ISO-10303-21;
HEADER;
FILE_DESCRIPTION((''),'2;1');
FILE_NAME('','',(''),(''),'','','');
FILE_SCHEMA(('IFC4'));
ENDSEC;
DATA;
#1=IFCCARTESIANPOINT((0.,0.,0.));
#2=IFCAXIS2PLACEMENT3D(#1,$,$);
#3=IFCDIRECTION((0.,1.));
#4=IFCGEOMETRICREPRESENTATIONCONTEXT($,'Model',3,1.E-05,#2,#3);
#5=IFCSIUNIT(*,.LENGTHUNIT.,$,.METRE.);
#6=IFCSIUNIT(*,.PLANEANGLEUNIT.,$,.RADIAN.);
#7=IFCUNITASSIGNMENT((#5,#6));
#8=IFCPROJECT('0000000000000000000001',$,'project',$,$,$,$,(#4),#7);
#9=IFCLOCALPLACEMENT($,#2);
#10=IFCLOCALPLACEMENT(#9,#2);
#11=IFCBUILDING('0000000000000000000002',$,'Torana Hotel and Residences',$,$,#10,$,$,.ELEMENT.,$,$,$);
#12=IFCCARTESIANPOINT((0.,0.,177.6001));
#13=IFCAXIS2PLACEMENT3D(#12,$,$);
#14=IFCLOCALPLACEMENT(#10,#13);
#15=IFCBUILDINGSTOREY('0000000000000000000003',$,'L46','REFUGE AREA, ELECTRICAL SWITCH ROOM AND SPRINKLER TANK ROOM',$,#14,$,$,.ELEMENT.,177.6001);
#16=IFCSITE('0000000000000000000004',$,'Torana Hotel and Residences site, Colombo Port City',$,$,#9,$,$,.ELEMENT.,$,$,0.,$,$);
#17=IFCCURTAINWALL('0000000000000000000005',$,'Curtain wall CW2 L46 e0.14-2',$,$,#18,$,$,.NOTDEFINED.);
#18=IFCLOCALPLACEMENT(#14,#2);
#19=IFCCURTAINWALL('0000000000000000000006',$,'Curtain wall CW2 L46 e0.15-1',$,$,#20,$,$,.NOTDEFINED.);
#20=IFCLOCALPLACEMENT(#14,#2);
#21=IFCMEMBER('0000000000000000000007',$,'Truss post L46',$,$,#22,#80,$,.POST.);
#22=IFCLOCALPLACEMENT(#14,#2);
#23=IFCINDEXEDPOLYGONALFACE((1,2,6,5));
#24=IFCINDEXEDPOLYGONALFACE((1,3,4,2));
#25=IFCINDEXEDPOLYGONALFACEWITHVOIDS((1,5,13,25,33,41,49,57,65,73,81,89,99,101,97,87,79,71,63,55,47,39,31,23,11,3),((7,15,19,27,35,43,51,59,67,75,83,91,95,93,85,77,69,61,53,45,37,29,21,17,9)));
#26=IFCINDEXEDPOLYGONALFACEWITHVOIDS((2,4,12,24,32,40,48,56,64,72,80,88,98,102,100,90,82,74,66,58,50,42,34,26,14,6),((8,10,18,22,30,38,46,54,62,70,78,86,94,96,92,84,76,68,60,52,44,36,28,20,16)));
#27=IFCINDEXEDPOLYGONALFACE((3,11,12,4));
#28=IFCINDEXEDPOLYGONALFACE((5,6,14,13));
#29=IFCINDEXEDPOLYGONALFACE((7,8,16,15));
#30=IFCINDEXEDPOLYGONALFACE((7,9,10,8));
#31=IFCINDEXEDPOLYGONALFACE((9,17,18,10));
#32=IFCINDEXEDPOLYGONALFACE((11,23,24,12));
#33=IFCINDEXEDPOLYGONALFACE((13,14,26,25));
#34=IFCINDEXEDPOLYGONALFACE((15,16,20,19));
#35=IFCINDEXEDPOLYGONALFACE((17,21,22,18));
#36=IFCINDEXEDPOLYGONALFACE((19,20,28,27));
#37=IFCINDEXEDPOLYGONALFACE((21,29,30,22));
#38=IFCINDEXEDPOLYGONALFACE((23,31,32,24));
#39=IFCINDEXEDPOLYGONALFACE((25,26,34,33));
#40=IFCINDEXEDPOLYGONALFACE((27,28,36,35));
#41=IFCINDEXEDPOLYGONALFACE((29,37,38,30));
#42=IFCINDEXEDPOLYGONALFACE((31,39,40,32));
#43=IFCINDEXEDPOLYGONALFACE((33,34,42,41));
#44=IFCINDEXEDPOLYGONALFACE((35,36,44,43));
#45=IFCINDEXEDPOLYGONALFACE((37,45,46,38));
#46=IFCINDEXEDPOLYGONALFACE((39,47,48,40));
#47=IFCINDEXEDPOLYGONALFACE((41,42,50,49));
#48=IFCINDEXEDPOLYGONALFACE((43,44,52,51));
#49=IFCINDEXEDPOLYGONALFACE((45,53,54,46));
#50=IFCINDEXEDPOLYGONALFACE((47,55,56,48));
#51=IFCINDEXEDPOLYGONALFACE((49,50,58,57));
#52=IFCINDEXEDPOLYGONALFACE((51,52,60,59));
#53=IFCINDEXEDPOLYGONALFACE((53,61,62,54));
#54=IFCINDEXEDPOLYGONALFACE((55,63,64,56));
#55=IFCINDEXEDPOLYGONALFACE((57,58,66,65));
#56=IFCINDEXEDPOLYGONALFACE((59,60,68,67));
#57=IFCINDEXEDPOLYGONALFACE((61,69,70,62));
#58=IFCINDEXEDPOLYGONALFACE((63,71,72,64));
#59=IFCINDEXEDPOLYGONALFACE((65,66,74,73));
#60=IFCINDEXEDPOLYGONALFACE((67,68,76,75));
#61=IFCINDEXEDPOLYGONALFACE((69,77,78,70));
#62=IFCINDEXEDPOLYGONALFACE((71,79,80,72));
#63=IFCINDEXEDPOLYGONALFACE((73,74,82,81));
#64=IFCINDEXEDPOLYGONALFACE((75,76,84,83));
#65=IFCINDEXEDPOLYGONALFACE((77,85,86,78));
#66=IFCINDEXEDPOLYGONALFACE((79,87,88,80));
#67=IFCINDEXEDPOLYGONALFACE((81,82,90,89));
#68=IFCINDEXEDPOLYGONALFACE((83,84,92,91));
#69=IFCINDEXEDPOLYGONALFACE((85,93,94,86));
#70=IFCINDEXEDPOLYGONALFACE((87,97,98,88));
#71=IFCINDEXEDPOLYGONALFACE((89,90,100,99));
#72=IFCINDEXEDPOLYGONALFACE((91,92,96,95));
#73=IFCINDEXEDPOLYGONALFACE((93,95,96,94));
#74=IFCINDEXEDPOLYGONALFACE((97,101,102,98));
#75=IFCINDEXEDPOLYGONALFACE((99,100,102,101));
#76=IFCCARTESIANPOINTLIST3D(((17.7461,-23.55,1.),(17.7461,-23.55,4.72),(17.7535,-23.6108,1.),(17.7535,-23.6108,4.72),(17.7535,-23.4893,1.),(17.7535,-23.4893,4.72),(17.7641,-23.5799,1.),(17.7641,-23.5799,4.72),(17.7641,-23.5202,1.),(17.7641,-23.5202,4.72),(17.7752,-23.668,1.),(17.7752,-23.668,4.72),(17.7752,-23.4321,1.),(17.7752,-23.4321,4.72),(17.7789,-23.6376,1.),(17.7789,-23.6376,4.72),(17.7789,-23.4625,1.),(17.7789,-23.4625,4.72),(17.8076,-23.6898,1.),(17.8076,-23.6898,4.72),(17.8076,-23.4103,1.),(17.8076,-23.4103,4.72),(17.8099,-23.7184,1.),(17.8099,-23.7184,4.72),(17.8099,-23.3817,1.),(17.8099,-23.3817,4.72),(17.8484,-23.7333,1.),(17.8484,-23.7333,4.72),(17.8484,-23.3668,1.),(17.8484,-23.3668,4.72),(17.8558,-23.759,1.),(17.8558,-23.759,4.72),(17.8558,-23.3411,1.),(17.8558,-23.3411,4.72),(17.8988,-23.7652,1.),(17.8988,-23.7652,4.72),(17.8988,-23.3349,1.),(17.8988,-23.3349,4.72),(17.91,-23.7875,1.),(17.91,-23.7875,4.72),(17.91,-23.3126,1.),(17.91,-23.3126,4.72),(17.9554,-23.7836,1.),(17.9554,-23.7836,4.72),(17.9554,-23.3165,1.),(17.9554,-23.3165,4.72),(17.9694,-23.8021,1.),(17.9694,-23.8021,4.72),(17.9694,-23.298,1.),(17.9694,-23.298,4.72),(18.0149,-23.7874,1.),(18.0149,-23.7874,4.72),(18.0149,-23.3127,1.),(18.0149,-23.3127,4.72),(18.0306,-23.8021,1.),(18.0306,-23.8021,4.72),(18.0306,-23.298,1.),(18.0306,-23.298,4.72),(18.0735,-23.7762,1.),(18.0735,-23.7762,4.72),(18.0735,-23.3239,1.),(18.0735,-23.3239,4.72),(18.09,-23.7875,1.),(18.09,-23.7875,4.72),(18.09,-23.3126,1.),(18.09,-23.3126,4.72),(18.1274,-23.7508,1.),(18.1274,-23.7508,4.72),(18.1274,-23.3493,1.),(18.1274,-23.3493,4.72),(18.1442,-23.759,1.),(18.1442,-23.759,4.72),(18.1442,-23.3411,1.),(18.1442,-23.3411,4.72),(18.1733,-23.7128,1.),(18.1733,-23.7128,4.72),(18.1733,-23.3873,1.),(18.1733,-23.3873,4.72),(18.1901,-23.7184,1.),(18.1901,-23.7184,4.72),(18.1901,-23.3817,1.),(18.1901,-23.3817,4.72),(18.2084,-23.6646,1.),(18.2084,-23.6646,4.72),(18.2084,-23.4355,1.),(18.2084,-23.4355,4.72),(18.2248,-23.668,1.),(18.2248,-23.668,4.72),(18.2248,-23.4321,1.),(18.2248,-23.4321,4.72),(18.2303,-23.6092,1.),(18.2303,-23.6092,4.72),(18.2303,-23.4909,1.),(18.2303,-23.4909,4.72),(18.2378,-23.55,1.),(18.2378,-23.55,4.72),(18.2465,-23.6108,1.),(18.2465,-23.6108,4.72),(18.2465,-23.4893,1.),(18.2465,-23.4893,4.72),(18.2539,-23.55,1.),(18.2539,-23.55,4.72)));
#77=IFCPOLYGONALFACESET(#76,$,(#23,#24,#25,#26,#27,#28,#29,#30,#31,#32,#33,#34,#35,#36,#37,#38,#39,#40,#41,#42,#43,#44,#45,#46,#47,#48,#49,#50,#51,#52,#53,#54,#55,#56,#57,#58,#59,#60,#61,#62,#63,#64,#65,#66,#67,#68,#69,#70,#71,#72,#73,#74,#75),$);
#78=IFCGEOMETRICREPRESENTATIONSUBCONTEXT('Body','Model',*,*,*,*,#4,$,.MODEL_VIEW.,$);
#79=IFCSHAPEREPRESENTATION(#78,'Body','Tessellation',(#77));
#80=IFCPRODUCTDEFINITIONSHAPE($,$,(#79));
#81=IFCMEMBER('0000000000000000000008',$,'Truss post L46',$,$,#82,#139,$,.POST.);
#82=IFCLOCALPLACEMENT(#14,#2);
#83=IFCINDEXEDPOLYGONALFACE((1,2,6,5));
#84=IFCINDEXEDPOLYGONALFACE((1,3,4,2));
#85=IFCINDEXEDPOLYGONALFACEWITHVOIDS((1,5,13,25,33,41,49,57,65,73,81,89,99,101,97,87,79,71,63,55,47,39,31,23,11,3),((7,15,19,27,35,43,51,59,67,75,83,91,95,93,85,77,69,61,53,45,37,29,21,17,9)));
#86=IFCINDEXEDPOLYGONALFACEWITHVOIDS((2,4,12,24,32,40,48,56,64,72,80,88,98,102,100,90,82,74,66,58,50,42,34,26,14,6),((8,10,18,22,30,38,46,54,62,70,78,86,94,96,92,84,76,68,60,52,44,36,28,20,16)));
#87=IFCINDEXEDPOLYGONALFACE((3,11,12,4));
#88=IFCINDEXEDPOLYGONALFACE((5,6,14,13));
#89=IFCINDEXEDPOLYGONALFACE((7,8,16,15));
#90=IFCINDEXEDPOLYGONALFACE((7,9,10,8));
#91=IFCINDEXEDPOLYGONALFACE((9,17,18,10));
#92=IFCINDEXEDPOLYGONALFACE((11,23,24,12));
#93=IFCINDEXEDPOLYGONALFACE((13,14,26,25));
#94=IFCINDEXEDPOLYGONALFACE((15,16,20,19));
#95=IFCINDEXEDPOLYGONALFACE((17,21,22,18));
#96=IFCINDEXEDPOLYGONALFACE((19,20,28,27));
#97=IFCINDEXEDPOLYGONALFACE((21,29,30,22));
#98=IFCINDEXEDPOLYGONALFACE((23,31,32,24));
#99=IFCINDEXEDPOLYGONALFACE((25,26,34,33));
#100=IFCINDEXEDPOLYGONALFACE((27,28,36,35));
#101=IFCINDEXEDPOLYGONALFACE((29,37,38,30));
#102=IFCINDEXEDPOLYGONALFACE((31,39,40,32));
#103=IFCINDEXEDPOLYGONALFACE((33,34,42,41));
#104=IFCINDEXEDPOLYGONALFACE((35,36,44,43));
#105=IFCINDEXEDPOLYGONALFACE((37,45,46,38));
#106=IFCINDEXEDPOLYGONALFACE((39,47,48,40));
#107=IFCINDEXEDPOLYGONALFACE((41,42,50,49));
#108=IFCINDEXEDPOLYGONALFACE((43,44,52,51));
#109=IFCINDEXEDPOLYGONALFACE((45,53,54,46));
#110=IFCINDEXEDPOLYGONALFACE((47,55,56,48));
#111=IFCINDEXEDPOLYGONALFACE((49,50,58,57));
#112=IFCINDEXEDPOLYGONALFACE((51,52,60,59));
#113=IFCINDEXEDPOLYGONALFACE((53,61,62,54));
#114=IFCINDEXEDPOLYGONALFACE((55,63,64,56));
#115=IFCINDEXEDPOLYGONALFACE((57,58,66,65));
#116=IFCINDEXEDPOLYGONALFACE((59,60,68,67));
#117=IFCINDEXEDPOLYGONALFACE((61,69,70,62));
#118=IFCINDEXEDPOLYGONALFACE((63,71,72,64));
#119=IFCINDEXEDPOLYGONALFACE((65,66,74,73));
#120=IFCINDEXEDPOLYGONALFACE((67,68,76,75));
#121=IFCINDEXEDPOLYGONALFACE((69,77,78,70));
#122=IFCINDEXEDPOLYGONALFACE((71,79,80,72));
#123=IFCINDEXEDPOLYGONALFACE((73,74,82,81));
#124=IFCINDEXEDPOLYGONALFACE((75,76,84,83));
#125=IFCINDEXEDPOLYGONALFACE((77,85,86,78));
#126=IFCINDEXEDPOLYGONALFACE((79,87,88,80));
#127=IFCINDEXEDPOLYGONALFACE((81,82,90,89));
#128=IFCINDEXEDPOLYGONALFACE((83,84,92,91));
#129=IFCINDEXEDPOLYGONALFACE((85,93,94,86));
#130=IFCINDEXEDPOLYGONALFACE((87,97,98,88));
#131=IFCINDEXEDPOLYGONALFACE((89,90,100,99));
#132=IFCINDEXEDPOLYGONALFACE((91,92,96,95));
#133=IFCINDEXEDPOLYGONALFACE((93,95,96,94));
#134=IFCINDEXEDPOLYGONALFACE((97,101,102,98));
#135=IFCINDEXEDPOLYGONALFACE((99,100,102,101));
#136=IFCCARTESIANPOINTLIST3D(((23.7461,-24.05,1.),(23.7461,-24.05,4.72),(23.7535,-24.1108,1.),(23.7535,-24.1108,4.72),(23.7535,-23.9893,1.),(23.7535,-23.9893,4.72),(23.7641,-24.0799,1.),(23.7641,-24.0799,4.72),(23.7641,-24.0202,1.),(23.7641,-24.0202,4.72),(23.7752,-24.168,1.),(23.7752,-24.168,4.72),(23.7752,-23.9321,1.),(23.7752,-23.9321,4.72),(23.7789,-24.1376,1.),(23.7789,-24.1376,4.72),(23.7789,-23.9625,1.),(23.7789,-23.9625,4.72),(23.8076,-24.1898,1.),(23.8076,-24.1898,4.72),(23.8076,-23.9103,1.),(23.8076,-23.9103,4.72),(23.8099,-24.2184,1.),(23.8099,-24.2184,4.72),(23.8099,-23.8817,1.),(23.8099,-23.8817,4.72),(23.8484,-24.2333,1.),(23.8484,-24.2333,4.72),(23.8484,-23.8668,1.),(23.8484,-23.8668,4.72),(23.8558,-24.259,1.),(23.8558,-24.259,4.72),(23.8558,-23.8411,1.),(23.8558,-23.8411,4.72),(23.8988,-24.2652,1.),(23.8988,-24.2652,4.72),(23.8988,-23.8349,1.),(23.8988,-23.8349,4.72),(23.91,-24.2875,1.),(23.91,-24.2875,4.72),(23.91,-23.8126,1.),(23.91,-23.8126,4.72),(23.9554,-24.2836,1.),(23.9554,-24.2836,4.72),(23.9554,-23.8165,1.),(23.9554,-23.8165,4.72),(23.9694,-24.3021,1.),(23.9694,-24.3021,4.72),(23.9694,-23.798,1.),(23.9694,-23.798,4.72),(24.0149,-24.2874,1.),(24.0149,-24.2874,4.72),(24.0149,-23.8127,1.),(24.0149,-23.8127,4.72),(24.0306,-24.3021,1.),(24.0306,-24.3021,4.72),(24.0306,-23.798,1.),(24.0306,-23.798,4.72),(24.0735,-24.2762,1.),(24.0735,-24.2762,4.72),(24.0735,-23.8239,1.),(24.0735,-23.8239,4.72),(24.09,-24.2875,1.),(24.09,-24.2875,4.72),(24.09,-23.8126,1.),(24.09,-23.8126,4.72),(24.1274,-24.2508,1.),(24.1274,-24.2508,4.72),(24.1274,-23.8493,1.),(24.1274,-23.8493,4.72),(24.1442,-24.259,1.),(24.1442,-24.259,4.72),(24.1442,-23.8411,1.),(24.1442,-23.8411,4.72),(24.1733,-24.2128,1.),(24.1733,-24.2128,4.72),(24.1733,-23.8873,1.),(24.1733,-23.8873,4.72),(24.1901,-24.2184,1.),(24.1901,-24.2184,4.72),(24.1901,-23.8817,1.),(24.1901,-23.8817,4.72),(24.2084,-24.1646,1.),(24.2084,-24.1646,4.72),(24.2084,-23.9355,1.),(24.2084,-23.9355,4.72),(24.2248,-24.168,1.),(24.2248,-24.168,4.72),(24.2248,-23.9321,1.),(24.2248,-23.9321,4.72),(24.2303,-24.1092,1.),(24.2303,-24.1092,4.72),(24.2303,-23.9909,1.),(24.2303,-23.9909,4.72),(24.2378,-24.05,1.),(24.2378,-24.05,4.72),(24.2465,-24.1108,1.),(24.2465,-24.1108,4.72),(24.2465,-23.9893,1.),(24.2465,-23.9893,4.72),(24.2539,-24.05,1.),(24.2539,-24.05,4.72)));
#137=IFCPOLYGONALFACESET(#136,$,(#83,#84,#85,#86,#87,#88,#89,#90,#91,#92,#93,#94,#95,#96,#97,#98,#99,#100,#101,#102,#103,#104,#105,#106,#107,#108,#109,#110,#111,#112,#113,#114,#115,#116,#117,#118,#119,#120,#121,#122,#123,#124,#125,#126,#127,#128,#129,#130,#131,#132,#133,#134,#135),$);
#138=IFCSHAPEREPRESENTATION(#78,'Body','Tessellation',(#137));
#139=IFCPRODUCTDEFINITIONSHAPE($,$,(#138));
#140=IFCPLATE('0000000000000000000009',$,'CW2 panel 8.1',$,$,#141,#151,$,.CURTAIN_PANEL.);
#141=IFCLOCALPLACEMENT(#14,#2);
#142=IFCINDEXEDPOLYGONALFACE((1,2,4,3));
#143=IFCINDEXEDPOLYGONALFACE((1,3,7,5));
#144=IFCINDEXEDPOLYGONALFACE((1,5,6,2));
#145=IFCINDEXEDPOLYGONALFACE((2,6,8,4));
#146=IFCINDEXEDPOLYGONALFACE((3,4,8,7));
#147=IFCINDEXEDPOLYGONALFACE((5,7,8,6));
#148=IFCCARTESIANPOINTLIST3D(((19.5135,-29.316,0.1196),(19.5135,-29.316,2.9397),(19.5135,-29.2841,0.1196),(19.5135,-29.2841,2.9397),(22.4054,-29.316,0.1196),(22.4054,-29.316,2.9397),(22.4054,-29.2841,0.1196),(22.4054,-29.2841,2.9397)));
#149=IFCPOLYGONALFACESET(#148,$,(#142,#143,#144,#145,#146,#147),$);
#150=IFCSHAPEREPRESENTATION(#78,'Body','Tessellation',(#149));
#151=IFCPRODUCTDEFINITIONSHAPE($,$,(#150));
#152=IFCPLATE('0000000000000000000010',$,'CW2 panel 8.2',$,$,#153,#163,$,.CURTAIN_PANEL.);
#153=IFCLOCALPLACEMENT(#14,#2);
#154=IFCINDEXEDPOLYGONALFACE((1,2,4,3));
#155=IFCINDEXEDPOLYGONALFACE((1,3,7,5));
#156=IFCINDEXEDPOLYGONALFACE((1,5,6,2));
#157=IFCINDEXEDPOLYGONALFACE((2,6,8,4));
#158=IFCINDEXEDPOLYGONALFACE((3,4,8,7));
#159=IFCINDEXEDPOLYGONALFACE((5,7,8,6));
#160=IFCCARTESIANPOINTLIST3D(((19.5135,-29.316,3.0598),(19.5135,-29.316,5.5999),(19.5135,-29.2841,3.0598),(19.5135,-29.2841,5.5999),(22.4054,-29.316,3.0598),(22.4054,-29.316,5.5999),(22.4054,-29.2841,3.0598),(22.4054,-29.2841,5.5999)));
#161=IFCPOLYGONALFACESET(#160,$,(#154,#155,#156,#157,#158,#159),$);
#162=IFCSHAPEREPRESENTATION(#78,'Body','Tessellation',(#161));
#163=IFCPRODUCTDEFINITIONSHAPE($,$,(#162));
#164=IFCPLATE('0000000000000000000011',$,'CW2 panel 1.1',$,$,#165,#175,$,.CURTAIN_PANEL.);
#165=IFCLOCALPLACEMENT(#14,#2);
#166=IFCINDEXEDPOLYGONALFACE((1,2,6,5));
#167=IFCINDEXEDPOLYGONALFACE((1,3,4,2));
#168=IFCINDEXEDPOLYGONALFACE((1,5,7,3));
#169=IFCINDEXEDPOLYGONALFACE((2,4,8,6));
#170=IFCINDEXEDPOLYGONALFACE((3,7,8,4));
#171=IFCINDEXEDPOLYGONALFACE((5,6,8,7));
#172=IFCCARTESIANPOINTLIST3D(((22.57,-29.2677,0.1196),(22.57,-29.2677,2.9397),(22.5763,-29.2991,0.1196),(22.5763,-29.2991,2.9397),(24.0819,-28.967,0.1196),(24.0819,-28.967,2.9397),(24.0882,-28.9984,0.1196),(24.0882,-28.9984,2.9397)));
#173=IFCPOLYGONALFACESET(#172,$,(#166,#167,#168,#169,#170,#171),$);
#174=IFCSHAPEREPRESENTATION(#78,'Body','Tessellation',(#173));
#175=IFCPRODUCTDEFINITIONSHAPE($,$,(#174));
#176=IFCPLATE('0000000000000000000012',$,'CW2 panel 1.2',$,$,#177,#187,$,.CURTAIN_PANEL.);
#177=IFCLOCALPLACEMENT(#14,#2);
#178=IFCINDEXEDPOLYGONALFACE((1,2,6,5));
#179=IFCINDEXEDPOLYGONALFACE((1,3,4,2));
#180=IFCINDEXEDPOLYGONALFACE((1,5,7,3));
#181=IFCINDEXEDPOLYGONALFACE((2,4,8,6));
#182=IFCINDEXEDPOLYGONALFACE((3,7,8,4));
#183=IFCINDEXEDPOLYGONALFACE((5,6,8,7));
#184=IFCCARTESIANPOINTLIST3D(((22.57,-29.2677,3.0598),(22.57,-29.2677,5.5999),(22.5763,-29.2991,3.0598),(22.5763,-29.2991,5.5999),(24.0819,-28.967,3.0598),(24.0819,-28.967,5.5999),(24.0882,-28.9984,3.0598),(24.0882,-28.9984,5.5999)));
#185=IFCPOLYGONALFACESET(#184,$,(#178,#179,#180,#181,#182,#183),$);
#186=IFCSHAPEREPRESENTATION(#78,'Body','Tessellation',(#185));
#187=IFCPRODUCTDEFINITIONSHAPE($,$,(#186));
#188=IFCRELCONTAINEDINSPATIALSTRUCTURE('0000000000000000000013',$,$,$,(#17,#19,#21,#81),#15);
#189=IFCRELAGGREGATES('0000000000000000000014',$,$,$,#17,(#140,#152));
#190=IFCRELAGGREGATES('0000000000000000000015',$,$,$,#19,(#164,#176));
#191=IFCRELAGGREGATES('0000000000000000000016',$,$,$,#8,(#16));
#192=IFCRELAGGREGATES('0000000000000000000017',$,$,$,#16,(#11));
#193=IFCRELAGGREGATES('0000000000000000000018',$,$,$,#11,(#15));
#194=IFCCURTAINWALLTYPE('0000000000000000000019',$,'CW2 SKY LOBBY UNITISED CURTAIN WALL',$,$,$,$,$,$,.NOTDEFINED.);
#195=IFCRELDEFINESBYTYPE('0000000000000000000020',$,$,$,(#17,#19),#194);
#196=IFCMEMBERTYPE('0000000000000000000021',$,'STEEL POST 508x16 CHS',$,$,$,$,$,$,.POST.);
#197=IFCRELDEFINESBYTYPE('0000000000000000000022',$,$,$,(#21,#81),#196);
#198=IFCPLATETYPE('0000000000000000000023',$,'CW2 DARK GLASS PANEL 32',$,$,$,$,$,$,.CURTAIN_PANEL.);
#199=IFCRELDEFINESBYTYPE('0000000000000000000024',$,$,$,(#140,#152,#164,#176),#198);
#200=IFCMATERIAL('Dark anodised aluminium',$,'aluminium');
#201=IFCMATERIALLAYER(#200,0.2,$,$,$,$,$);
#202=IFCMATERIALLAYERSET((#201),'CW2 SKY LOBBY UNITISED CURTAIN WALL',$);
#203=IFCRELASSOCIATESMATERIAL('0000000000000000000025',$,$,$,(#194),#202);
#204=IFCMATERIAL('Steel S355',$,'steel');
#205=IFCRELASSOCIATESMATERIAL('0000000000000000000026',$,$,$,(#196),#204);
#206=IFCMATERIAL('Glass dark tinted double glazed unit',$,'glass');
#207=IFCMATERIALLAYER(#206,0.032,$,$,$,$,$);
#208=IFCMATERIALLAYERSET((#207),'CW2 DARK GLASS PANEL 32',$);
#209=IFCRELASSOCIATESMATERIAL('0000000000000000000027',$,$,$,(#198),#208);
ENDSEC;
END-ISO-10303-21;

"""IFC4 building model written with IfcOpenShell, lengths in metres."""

from ifc_helpers import new_model, si_unit, direction, frame, origin, origin_2d, place, context, subcontext, project, spatial, rectangle, hollow_circle, extrude, material, layer, layer_set, material_profile, profile_set, type_object, element, aggregate, save


model = new_model("IFC4")

# Units and contexts
model_context = context("Model", 3, precision=1e-05, world=origin(), true_north=direction((0.0, 1.0)))
body_context = subcontext(model_context, "Body", "Model", "MODEL_VIEW")
ifc_project = project(units=[si_unit("LENGTHUNIT", "METRE"), si_unit("PLANEANGLEUNIT", "RADIAN")], contexts=[model_context])

# Site, building, storey
site_placement = place(None, origin())
site = spatial("IfcSite", under=ifc_project, at=site_placement, Name="Torana Hotel and Residences site, Colombo Port City", CompositionType="ELEMENT", RefElevation=0.0)
building_placement = place(site_placement, origin())
building = spatial("IfcBuilding", under=site, at=building_placement, Name="Torana Hotel and Residences", CompositionType="ELEMENT")
storey_placement = place(building_placement, frame((0.0, 0.0, 177.6001)))
storey = spatial("IfcBuildingStorey", under=building, at=storey_placement, Name="L46", Description="REFUGE AREA, ELECTRICAL SWITCH ROOM AND SPRINKLER TANK ROOM", CompositionType="ELEMENT", Elevation=177.6001)

# Curtain walls
ifc_material_1 = material(Name="Dark anodised aluminium", Category="aluminium")
ifc_layer_1 = layer(ifc_material_1, 0.2)
ifc_layer_set_1 = layer_set([ifc_layer_1], Name="CW2 SKY LOBBY UNITISED CURTAIN WALL")
curtain_wall_type = type_object("IfcCurtainWallType", Name="CW2 SKY LOBBY UNITISED CURTAIN WALL", PredefinedType="NOTDEFINED", material=ifc_layer_set_1)
curtain_wall_1_placement = place(storey_placement, origin())
curtain_wall_1 = element("IfcCurtainWall", 1, at=curtain_wall_1_placement, inside=storey, type_object=curtain_wall_type, Name="Curtain wall CW2 L46 e0.14-2", PredefinedType="NOTDEFINED")
curtain_wall_2_placement = place(storey_placement, origin())
curtain_wall_2 = element("IfcCurtainWall", 2, at=curtain_wall_2_placement, inside=storey, type_object=curtain_wall_type, Name="Curtain wall CW2 L46 e0.15-1", PredefinedType="NOTDEFINED")

# Members
ifc_material_2 = material(Name="Steel S355", Category="steel")
ifc_material_profile_1 = material_profile(ifc_material_2, hollow_circle(Radius=0.2539, WallThickness=0.0161, at=origin_2d()), Name="508x16 CHS")
ifc_profile_set_1 = profile_set([ifc_material_profile_1], Name="Steel S355")
member_type_1 = type_object("IfcMemberType", Name="STEEL POST 508x16 CHS", PredefinedType="POST", material=ifc_profile_set_1)
for number, where, z_axis, x_axis, name in (
    (3, (18.0, -23.55, 1.0), (0.0, 0.0, 1.0), (1.0, 0.0, 0.0), "Truss post L46"),
    (4, (24.0, -24.05, 1.0), (0.0, 0.0, 1.0), (1.0, 0.0, 0.0), "Truss post L46"),
):
    element("IfcMember", number, at=place(storey_placement, frame(where, z_axis=z_axis, x_axis=x_axis)), inside=storey, type_object=member_type_1, Name=name, PredefinedType="POST", context=body_context, shape_type="SweptSolid", body=[
        extrude(hollow_circle(Radius=0.2539, WallThickness=0.0161, at=origin_2d()), origin(), (0.0, 0.0, 1.0), 3.72),
    ])

# Plates
ifc_material_3 = material(Name="Glass dark tinted double glazed unit", Category="glass")
ifc_layer_2 = layer(ifc_material_3, 0.032)
ifc_layer_set_2 = layer_set([ifc_layer_2], Name="CW2 DARK GLASS PANEL 32")
plate_type = type_object("IfcPlateType", Name="CW2 DARK GLASS PANEL 32", PredefinedType="CURTAIN_PANEL", material=ifc_layer_set_2)
plate_1_placement = place(storey_placement, frame((20.9595, -29.3, 0.1196), z_axis=(0.0, 0.0, 1.0), x_axis=(1.0, 0.0, 0.0)))
plate_1 = element("IfcPlate", 5, at=plate_1_placement, type_object=plate_type, Name="CW2 panel 8.1", PredefinedType="CURTAIN_PANEL", context=body_context, shape_type="SweptSolid", body=[
    extrude(rectangle(XDim=2.8918, YDim=0.032, at=origin_2d()), origin(), (0.0, 0.0, 1.0), 2.8201),
])
plate_2_placement = place(storey_placement, frame((20.9595, -29.3, 3.0598), z_axis=(0.0, 0.0, 1.0), x_axis=(1.0, 0.0, 0.0)))
plate_2 = element("IfcPlate", 6, at=plate_2_placement, type_object=plate_type, Name="CW2 panel 8.2", PredefinedType="CURTAIN_PANEL", context=body_context, shape_type="SweptSolid", body=[
    extrude(rectangle(XDim=2.8918, YDim=0.032, at=origin_2d()), origin(), (0.0, 0.0, 1.0), 2.54),
])
aggregate(curtain_wall_1, [plate_1, plate_2])
plate_3_placement = place(storey_placement, frame((23.3291, -29.1331, 0.1196), z_axis=(0.0, 0.0, 1.0), x_axis=(0.980791, 0.195064, 0.0)))
plate_3 = element("IfcPlate", 7, at=plate_3_placement, type_object=plate_type, Name="CW2 panel 1.1", PredefinedType="CURTAIN_PANEL", context=body_context, shape_type="SweptSolid", body=[
    extrude(rectangle(XDim=1.5415, YDim=0.032, at=origin_2d()), origin(), (0.0, 0.0, 1.0), 2.8201),
])
plate_4_placement = place(storey_placement, frame((23.3291, -29.1331, 3.0598), z_axis=(0.0, 0.0, 1.0), x_axis=(0.980791, 0.195064, 0.0)))
plate_4 = element("IfcPlate", 8, at=plate_4_placement, type_object=plate_type, Name="CW2 panel 1.2", PredefinedType="CURTAIN_PANEL", context=body_context, shape_type="SweptSolid", body=[
    extrude(rectangle(XDim=1.5415, YDim=0.032, at=origin_2d()), origin(), (0.0, 0.0, 1.0), 2.54),
])
aggregate(curtain_wall_2, [plate_3, plate_4])

save(model, "model.ifc")
